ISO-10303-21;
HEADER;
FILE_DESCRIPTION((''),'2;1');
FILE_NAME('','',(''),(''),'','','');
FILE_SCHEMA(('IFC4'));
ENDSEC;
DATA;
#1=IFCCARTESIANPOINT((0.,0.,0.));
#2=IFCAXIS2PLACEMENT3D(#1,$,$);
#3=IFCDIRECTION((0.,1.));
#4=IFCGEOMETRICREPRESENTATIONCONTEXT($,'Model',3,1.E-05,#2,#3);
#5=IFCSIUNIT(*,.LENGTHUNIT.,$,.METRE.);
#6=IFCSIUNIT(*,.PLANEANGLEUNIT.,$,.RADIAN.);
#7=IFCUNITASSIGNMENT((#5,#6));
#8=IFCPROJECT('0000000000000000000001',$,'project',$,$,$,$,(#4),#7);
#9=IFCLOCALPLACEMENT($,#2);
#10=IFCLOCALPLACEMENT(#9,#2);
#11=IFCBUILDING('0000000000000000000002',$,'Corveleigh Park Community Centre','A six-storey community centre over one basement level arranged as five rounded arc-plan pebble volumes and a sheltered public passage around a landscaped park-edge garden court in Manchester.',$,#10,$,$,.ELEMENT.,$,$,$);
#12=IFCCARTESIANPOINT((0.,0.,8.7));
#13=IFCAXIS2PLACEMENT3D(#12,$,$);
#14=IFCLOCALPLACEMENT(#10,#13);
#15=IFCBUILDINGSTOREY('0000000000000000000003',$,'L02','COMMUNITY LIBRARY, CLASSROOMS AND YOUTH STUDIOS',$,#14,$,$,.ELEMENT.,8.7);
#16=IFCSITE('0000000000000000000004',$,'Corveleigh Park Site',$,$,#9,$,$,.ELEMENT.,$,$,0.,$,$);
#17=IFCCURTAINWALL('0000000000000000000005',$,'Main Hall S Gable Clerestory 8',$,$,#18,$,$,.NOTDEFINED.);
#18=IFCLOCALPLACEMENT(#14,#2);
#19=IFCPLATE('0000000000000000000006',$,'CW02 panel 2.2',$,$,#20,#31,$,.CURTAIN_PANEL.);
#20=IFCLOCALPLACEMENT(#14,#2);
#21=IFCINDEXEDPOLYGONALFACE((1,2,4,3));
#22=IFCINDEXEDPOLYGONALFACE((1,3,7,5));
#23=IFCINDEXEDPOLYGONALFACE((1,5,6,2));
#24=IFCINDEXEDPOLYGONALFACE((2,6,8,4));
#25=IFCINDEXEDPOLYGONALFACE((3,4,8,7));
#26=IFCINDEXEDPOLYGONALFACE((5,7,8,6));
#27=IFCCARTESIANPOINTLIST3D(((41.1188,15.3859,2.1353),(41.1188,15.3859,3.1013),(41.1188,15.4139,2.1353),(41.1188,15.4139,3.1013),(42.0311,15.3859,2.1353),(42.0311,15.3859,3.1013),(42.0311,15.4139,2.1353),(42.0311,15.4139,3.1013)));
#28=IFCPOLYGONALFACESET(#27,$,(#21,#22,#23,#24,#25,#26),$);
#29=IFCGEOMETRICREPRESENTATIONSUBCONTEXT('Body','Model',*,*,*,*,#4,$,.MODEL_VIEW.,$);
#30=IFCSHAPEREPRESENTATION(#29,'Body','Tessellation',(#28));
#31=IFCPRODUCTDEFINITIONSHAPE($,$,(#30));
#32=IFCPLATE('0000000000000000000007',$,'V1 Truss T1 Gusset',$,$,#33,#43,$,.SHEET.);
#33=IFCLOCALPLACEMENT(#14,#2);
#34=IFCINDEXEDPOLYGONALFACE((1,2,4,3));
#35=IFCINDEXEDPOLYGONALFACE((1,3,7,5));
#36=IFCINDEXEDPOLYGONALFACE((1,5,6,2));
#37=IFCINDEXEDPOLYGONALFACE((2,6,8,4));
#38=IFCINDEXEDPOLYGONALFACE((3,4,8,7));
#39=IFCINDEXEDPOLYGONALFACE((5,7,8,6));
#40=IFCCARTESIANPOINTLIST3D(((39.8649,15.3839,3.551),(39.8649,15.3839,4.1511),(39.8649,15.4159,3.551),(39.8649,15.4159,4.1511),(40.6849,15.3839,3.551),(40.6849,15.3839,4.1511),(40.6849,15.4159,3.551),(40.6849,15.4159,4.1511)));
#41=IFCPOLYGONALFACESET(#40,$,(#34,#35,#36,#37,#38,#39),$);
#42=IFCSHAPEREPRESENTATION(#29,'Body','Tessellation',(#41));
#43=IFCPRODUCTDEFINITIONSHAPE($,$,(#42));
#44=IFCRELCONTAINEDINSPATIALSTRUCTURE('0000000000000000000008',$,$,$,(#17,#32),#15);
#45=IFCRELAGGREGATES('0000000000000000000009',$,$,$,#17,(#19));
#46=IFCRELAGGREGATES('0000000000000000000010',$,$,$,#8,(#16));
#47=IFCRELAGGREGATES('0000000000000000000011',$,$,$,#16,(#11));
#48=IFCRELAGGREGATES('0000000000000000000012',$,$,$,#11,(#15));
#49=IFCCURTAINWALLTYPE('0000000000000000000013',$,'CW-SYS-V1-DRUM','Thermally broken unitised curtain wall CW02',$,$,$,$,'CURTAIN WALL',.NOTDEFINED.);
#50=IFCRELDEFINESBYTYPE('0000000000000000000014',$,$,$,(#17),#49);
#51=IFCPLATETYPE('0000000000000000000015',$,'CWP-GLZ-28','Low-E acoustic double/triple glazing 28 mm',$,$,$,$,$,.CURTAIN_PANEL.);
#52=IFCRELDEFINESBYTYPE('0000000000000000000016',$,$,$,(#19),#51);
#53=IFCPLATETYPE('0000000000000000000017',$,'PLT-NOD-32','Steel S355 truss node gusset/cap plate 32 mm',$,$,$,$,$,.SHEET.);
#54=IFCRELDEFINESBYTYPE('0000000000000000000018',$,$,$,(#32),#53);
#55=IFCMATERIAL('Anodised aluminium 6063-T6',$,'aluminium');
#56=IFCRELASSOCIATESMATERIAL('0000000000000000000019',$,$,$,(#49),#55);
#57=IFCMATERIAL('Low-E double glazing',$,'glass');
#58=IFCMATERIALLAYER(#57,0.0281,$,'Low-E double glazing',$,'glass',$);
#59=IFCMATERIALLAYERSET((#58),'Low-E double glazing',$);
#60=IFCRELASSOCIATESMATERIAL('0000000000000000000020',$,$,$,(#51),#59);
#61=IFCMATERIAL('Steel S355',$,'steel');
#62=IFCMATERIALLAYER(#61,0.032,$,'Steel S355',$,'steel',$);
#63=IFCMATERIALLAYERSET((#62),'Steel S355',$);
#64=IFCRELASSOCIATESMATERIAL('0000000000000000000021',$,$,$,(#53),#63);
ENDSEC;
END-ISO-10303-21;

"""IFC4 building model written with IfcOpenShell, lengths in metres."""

from ifc_helpers import new_model, si_unit, direction, frame, origin, origin_2d, place, context, subcontext, project, spatial, rectangle, extrude, material, layer, layer_set, type_object, element, aggregate, save


model = new_model("IFC4")

# Units and contexts
model_context = context("Model", 3, precision=1e-05, world=origin(), true_north=direction((0.0, 1.0)))
body_context = subcontext(model_context, "Body", "Model", "MODEL_VIEW")
ifc_project = project(units=[si_unit("LENGTHUNIT", "METRE"), si_unit("PLANEANGLEUNIT", "RADIAN")], contexts=[model_context])

# Site, building, storey
site_placement = place(None, origin())
site = spatial("IfcSite", under=ifc_project, at=site_placement, Name="Corveleigh Park Site", CompositionType="ELEMENT", RefElevation=0.0)
building_placement = place(site_placement, origin())
building = spatial("IfcBuilding", under=site, at=building_placement, Name="Corveleigh Park Community Centre", Description="A six-storey community centre over one basement level arranged as five rounded arc-plan pebble volumes and a sheltered public passage around a landscaped park-edge garden court in Manchester.", CompositionType="ELEMENT")
storey_placement = place(building_placement, frame((0.0, 0.0, 8.7)))
storey = spatial("IfcBuildingStorey", under=building, at=storey_placement, Name="L02", Description="COMMUNITY LIBRARY, CLASSROOMS AND YOUTH STUDIOS", CompositionType="ELEMENT", Elevation=8.7)

# Curtain wall
ifc_material_1 = material(Name="Anodised aluminium 6063-T6", Category="aluminium")
curtain_wall_type = type_object("IfcCurtainWallType", Name="CW-SYS-V1-DRUM", Description="Thermally broken unitised curtain wall CW02", ElementType="CURTAIN WALL", PredefinedType="NOTDEFINED", material=ifc_material_1)
curtain_wall_1_placement = place(storey_placement, origin())
curtain_wall_1 = element("IfcCurtainWall", 1, at=curtain_wall_1_placement, inside=storey, type_object=curtain_wall_type, Name="Main Hall S Gable Clerestory 8", PredefinedType="NOTDEFINED")

# Shared definitions
ifc_material_2 = material(Name="Steel S355", Category="steel")

# Plates
ifc_material_3 = material(Name="Low-E double glazing", Category="glass")
ifc_layer_1 = layer(ifc_material_3, 0.0281, Name="Low-E double glazing", Category="glass")
ifc_layer_set_1 = layer_set([ifc_layer_1], Name="Low-E double glazing")
plate_type_1 = type_object("IfcPlateType", Name="CWP-GLZ-28", Description="Low-E acoustic double/triple glazing 28 mm", PredefinedType="CURTAIN_PANEL", material=ifc_layer_set_1)
plate_1_placement = place(storey_placement, frame((41.575, 15.3999, 2.1353), z_axis=(0.0, 0.0, 1.0), x_axis=(1.0, 0.0, 0.0)))
plate_1 = element("IfcPlate", 2, at=plate_1_placement, type_object=plate_type_1, Name="CW02 panel 2.2", PredefinedType="CURTAIN_PANEL", context=body_context, shape_type="SweptSolid", body=[
    extrude(rectangle(XDim=0.9124, YDim=0.0281, at=origin_2d()), origin(), (0.0, 0.0, 1.0), 0.9661),
])
aggregate(curtain_wall_1, [plate_1])
ifc_layer_2 = layer(ifc_material_2, 0.032, Name="Steel S355", Category="steel")
ifc_layer_set_2 = layer_set([ifc_layer_2], Name="Steel S355")
plate_type_2 = type_object("IfcPlateType", Name="PLT-NOD-32", Description="Steel S355 truss node gusset/cap plate 32 mm", PredefinedType="SHEET", material=ifc_layer_set_2)
plate_2_placement = place(storey_placement, frame((40.2749, 15.3999, 3.551), z_axis=(0.0, 0.0, 1.0), x_axis=(1.0, 0.0, 0.0)))
element("IfcPlate", 3, at=plate_2_placement, inside=storey, type_object=plate_type_2, Name="V1 Truss T1 Gusset", PredefinedType="SHEET", context=body_context, shape_type="SweptSolid", body=[
    extrude(rectangle(XDim=0.8201, YDim=0.032, at=origin_2d()), origin(), (0.0, 0.0, 1.0), 0.6001),
])

save(model, "model.ifc")
